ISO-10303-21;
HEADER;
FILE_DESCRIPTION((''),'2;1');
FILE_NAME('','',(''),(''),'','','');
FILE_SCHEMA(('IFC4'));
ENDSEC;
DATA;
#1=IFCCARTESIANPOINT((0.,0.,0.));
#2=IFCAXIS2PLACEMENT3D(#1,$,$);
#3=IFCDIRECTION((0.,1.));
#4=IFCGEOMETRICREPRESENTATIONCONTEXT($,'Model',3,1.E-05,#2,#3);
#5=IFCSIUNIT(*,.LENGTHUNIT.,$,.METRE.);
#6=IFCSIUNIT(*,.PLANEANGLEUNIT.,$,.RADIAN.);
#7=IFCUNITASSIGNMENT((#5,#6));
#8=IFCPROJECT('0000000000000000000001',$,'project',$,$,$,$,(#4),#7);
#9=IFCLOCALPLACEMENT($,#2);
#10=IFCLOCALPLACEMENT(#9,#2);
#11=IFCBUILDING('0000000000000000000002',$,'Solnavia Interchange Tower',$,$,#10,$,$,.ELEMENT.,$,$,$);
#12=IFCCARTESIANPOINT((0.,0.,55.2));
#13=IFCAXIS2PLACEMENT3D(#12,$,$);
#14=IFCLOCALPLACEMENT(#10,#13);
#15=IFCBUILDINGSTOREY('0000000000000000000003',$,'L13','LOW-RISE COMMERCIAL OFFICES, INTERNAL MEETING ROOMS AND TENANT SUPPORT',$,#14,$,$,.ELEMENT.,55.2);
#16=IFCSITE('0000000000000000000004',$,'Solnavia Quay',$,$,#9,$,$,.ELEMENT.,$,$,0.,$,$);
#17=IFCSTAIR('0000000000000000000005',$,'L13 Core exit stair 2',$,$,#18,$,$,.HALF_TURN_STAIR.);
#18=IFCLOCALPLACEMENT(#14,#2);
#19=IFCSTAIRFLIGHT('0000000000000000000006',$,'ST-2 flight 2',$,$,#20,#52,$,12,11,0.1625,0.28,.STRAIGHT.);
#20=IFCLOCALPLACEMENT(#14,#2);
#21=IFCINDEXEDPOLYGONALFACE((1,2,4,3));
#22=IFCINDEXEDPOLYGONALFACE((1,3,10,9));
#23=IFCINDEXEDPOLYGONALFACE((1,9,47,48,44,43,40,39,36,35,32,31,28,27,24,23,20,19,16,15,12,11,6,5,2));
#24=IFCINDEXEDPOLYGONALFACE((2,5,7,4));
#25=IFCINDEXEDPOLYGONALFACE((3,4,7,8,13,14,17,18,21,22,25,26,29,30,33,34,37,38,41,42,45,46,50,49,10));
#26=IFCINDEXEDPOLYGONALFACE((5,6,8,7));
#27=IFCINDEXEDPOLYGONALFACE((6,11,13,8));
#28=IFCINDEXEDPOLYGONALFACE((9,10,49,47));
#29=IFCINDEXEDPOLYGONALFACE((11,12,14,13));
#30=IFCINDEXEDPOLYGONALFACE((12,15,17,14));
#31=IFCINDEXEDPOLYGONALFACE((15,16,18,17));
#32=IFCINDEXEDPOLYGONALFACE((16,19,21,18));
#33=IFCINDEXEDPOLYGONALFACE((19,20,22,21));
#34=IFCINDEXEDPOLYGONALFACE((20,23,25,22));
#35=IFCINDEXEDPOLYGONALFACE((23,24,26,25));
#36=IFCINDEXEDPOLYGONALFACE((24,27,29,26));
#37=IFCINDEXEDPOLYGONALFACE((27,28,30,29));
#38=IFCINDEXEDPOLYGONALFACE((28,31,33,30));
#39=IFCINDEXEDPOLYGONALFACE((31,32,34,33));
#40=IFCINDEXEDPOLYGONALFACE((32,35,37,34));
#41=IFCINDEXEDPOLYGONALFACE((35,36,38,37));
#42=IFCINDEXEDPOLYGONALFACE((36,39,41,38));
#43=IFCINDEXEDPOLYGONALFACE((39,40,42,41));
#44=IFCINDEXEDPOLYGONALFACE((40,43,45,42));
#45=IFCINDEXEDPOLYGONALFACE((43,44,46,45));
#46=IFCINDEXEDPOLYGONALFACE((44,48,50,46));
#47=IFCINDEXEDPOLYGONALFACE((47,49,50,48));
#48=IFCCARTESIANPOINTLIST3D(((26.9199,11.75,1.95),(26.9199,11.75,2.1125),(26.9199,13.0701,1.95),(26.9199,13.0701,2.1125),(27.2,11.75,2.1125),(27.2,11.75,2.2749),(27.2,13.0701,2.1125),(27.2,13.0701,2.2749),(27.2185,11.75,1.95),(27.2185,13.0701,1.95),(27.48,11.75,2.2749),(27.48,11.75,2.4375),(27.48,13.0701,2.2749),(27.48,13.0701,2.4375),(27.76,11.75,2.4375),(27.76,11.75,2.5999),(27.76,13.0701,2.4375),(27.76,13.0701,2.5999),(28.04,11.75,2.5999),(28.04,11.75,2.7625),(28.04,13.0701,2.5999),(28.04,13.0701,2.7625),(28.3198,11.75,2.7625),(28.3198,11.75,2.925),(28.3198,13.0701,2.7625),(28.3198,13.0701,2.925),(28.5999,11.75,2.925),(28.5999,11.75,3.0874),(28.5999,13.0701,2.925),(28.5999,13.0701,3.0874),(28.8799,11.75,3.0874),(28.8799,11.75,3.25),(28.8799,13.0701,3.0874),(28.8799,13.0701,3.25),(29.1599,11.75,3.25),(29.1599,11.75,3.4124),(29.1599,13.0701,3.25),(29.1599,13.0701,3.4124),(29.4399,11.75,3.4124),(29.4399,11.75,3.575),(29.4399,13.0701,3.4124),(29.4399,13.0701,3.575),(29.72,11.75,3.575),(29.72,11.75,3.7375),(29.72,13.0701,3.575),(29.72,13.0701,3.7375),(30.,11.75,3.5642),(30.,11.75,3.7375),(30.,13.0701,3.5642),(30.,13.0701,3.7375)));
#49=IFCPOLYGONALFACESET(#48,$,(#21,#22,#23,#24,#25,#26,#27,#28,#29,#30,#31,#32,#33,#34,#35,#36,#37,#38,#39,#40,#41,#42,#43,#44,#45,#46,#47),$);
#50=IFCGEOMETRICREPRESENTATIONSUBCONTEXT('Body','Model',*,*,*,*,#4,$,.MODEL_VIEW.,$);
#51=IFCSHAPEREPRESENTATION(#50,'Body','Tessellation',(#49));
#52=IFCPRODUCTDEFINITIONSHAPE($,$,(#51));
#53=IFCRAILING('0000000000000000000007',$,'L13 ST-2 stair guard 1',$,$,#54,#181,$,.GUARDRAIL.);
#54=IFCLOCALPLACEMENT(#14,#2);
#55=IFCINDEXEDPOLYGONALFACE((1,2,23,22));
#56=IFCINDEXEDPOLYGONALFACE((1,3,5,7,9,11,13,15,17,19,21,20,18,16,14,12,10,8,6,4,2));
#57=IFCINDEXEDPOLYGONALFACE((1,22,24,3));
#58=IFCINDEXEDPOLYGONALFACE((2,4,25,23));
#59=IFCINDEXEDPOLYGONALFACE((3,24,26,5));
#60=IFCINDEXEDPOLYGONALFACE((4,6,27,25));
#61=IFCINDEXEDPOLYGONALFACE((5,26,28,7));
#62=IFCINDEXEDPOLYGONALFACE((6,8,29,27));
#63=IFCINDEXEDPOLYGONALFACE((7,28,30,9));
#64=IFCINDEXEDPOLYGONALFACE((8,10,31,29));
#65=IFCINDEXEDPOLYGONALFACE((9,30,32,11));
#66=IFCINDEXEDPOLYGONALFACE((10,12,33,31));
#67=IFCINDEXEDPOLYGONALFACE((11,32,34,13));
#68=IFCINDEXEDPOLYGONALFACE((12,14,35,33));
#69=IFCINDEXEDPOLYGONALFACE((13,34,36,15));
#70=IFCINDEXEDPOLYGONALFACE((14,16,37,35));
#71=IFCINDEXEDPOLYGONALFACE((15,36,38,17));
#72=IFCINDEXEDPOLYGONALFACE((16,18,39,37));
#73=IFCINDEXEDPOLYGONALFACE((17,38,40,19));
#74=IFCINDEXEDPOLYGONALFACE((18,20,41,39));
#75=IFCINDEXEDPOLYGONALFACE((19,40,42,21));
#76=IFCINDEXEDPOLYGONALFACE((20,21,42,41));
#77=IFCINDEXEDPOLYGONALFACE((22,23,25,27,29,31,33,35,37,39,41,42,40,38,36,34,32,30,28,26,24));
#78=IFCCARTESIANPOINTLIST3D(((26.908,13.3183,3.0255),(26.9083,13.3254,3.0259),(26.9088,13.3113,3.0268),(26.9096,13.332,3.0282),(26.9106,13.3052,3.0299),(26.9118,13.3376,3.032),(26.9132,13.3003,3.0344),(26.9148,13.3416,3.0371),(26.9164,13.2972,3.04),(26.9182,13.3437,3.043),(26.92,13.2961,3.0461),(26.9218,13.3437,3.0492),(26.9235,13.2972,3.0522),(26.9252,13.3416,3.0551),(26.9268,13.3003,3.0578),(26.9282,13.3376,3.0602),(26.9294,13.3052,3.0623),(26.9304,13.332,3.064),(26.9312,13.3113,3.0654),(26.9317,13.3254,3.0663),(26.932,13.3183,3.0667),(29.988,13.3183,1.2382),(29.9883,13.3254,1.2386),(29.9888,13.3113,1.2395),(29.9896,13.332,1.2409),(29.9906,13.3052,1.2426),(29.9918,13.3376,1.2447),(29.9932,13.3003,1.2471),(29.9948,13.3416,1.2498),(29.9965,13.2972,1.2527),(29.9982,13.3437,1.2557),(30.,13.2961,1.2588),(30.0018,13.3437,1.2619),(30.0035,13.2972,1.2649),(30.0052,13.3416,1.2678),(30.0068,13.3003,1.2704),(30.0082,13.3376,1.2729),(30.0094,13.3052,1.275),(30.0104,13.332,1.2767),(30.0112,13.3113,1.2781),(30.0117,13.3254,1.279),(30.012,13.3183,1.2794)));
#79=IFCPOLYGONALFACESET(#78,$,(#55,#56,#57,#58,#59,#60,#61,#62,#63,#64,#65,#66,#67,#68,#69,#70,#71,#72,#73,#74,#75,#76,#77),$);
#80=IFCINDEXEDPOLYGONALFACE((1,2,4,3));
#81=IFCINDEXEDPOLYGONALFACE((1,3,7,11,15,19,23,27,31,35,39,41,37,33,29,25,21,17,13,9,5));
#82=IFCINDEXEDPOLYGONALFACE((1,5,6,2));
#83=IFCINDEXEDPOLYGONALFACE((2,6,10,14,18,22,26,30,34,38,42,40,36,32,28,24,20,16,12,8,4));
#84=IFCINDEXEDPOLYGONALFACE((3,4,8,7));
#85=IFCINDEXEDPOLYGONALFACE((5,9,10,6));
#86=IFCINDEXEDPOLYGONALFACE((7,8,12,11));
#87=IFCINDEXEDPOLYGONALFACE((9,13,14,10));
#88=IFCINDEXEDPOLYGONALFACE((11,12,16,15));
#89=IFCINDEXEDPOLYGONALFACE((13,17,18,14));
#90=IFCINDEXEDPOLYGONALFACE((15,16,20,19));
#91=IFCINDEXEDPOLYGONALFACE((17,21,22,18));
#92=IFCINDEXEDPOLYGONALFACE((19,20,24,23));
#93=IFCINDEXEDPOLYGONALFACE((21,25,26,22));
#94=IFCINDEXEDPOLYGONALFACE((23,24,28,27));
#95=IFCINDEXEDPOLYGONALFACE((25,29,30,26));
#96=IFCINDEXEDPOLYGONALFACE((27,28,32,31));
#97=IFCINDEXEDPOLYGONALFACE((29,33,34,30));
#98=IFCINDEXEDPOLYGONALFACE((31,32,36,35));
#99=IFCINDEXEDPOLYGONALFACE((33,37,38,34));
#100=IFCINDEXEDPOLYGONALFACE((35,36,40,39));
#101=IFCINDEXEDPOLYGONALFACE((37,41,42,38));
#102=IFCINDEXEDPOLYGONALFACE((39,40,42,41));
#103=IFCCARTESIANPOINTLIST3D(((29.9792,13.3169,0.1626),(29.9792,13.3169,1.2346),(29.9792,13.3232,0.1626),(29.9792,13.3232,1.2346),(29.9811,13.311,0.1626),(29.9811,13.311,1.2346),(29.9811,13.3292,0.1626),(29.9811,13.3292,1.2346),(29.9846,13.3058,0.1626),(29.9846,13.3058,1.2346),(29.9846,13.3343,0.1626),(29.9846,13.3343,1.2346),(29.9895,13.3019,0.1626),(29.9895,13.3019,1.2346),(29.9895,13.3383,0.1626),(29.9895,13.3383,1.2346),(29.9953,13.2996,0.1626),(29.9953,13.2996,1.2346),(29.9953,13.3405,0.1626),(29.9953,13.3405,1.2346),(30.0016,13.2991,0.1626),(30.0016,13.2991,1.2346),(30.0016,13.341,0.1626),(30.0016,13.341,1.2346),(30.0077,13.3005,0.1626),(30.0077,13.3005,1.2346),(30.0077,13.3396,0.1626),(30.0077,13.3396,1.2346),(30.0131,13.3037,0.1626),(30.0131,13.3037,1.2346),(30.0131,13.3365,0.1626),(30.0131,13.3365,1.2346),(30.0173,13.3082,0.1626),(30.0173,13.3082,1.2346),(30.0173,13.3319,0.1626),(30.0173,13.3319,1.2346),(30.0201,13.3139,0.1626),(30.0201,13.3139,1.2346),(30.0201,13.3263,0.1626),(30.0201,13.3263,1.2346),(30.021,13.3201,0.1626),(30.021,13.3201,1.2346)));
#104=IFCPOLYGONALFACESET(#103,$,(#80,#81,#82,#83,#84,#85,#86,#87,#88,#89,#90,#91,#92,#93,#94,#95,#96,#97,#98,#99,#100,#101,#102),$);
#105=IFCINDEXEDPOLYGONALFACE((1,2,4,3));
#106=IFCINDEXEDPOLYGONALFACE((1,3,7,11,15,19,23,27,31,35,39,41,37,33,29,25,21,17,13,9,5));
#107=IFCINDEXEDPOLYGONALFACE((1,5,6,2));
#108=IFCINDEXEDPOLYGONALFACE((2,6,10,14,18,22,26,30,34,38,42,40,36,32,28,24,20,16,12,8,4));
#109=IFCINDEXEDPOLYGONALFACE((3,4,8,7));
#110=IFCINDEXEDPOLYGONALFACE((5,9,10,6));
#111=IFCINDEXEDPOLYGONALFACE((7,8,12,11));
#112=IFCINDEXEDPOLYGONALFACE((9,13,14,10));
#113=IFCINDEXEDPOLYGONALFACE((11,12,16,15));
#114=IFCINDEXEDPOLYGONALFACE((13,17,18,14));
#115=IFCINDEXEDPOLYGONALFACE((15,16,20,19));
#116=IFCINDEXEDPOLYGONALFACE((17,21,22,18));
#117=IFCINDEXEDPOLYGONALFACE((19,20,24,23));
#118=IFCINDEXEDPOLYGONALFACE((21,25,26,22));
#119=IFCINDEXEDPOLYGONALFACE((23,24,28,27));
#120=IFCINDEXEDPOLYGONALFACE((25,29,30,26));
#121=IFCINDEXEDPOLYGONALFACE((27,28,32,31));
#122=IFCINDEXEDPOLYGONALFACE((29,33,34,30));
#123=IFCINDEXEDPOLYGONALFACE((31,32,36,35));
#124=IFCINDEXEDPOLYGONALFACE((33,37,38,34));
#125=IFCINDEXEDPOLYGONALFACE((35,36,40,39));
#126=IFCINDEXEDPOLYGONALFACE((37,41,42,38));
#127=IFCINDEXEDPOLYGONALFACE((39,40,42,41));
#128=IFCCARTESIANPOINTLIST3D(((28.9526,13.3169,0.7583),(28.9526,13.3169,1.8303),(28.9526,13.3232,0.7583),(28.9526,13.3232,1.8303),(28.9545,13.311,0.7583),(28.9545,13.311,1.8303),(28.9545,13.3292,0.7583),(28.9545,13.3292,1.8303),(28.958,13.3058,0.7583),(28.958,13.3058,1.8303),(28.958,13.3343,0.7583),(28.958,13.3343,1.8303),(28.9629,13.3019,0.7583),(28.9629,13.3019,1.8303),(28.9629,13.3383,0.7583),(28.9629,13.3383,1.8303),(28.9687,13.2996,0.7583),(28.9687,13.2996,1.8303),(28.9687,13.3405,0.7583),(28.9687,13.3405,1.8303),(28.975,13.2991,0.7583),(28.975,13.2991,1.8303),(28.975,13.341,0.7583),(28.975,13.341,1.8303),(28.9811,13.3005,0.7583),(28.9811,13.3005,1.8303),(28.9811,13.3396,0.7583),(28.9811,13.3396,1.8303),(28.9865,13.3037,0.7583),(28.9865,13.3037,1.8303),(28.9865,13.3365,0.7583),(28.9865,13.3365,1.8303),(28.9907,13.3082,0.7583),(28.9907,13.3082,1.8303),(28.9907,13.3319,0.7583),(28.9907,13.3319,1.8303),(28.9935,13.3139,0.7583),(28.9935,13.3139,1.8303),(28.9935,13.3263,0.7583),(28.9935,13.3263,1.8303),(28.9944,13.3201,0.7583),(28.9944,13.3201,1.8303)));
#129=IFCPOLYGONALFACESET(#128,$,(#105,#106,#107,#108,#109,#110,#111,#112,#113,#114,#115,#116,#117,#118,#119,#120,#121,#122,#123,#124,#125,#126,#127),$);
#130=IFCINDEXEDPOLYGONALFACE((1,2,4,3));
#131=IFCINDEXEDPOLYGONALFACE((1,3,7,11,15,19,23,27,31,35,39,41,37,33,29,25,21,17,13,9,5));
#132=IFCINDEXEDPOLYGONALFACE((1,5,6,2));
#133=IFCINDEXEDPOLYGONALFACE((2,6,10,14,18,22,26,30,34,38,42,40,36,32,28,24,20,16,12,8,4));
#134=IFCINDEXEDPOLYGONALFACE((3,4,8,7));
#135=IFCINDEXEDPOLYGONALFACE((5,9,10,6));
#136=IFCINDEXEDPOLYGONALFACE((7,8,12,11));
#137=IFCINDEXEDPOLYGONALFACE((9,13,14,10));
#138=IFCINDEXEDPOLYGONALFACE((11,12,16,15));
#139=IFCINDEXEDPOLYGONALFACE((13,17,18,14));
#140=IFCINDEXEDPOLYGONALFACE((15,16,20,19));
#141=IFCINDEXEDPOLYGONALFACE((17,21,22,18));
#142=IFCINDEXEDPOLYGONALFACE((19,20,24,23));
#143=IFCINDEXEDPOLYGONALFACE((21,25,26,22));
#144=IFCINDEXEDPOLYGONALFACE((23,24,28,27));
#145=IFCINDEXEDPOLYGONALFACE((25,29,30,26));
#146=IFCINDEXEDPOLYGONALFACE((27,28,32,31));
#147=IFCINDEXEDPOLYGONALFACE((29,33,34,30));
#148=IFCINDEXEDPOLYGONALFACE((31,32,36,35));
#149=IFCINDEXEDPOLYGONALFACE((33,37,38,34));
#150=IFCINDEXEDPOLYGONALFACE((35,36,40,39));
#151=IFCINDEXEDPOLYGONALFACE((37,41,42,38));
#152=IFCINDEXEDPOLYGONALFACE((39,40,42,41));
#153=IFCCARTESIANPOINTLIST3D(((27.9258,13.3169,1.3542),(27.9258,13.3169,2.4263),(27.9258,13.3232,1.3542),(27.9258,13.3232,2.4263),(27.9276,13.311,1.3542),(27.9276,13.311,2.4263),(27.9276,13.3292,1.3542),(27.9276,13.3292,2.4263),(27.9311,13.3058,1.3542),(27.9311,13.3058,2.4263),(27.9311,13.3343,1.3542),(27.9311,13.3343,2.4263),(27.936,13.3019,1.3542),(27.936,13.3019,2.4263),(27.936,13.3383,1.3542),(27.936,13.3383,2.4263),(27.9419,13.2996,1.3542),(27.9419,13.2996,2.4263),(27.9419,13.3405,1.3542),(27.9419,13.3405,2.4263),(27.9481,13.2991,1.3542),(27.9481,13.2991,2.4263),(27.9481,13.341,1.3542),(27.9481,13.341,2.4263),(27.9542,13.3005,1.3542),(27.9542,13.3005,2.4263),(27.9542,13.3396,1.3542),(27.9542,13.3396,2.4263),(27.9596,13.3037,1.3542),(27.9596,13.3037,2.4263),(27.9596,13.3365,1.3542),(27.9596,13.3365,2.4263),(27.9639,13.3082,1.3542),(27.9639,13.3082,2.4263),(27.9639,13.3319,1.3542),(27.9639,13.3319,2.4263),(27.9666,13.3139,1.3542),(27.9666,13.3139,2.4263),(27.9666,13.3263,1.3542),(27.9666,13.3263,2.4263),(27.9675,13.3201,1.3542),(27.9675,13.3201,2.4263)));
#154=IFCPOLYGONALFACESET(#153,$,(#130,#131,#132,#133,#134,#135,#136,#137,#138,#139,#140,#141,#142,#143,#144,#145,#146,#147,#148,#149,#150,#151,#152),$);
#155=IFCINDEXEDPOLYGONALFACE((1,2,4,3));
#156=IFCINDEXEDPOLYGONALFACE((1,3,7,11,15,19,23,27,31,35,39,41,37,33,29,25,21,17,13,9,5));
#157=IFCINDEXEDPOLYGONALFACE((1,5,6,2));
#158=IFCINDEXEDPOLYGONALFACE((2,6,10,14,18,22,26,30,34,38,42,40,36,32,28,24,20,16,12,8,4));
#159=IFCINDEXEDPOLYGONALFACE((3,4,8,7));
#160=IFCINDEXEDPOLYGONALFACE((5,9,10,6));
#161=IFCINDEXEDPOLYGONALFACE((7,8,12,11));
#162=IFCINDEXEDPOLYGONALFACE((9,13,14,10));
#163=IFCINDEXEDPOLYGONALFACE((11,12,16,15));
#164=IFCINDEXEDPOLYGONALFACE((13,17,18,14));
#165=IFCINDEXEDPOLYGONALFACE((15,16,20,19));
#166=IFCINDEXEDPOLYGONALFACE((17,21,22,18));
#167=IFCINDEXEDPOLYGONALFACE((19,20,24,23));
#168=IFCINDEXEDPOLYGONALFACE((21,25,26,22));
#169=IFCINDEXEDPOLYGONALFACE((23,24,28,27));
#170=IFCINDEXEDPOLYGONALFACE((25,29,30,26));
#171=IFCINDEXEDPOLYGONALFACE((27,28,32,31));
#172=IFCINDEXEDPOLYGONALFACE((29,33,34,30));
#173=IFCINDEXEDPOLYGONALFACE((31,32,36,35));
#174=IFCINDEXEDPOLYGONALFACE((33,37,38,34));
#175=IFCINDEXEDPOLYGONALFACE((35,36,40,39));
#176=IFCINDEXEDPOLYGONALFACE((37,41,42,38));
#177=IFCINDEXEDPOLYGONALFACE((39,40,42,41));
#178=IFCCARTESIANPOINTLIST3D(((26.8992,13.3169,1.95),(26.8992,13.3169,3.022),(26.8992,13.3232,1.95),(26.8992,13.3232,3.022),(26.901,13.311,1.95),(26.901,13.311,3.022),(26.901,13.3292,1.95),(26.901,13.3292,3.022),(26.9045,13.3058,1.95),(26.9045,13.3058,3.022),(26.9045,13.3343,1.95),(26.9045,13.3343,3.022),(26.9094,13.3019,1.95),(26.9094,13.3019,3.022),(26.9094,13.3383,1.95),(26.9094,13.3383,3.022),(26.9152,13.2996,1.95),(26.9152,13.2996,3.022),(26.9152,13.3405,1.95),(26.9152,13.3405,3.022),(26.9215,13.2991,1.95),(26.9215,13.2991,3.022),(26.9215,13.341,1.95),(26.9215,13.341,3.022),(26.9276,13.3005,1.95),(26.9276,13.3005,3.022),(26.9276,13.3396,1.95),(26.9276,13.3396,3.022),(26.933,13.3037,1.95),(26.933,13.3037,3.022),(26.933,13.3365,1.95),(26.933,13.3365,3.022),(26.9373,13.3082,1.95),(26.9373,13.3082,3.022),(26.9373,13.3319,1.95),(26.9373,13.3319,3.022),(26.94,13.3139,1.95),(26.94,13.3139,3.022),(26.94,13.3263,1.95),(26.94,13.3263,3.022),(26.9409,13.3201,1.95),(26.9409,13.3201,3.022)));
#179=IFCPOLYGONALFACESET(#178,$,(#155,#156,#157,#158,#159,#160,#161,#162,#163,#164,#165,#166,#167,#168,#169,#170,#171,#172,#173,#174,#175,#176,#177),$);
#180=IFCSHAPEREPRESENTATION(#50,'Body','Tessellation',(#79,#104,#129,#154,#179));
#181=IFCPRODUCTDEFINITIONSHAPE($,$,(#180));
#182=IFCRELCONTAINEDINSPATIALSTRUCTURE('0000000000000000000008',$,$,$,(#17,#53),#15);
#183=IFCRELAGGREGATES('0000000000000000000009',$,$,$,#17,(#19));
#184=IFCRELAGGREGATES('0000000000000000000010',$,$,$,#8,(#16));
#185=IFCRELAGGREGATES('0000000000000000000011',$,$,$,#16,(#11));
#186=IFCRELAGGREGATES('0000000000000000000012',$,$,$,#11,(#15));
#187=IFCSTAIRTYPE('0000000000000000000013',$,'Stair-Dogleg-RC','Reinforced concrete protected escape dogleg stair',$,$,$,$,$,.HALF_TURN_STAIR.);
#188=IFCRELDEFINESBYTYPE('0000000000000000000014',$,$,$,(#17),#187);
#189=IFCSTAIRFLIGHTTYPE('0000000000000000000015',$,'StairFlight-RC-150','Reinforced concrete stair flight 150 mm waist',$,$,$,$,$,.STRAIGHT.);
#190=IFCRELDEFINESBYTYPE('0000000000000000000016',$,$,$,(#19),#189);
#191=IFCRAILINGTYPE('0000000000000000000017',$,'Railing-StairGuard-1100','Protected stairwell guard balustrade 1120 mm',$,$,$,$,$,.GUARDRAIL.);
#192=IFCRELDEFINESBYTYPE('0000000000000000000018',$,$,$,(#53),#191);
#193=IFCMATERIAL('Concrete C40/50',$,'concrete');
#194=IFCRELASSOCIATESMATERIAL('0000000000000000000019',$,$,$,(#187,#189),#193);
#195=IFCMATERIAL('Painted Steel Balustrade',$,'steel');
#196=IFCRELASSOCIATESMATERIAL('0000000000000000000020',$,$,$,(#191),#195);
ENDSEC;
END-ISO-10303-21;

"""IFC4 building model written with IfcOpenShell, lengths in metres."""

from ifc_helpers import new_model, si_unit, direction, frame, origin, origin_2d, place, context, subcontext, project, spatial, polyline, circle, outline, extrude, material, type_object, element, aggregate, save


model = new_model("IFC4")

# Units and contexts
model_context = context("Model", 3, precision=1e-05, world=origin(), true_north=direction((0.0, 1.0)))
body_context = subcontext(model_context, "Body", "Model", "MODEL_VIEW")
ifc_project = project(units=[si_unit("LENGTHUNIT", "METRE"), si_unit("PLANEANGLEUNIT", "RADIAN")], contexts=[model_context])

# Site, building, storey
site_placement = place(None, origin())
site = spatial("IfcSite", under=ifc_project, at=site_placement, Name="Solnavia Quay", CompositionType="ELEMENT", RefElevation=0.0)
building_placement = place(site_placement, origin())
building = spatial("IfcBuilding", under=site, at=building_placement, Name="Solnavia Interchange Tower", CompositionType="ELEMENT")
storey_placement = place(building_placement, frame((0.0, 0.0, 55.2)))
storey = spatial("IfcBuildingStorey", under=building, at=storey_placement, Name="L13", Description="LOW-RISE COMMERCIAL OFFICES, INTERNAL MEETING ROOMS AND TENANT SUPPORT", CompositionType="ELEMENT", Elevation=55.2)

# Shared definitions
ifc_material_1 = material(Name="Concrete C40/50", Category="concrete")

# Stair, stair flight
stair_type = type_object("IfcStairType", Name="Stair-Dogleg-RC", Description="Reinforced concrete protected escape dogleg stair", PredefinedType="HALF_TURN_STAIR", material=ifc_material_1)
stair_placement = place(storey_placement, origin())
stair = element("IfcStair", 1, at=stair_placement, inside=storey, type_object=stair_type, Name="L13 Core exit stair 2", PredefinedType="HALF_TURN_STAIR")
stair_flight_type = type_object("IfcStairFlightType", Name="StairFlight-RC-150", Description="Reinforced concrete stair flight 150 mm waist", PredefinedType="STRAIGHT", material=ifc_material_1)
stair_flight_1_placement = place(storey_placement, frame((26.9199, 12.4099, 1.95), z_axis=(0.0, 0.0, 1.0), x_axis=(1.0, 0.0, 0.0)))
stair_flight_1 = element("IfcStairFlight", 2, at=stair_flight_1_placement, type_object=stair_flight_type, Name="ST-2 flight 2", NumberOfRisers=12, NumberOfTreads=11, PredefinedType="STRAIGHT", RiserHeight=0.1625, TreadLength=0.28, context=body_context, shape_type="SweptSolid", body=[
    extrude(outline(polyline([(0.0, 0.0), (0.0, 0.1626), (0.28, 0.1626), (0.28, 0.325), (0.5601, 0.325), (0.5601, 0.4875), (0.8401, 0.4875), (0.8401, 0.6499), (1.1201, 0.6499), (1.1201, 0.8125), (1.3999, 0.8125), (1.3999, 0.9751), (1.6799, 0.9751), (1.6799, 1.1375), (1.96, 1.1375), (1.96, 1.3), (2.24, 1.3), (2.24, 1.4624), (2.52, 1.4624), (2.52, 1.625), (2.8, 1.625), (2.8, 1.7876), (3.0801, 1.7876), (3.0801, 1.95), (3.0801, 1.6143), (0.2986, 0.0), (0.0, 0.0)])), frame((0.0, 0.6602, 0.0), z_axis=(0.0, -1.0, 0.0), x_axis=(1.0, 0.0, 0.0)), (0.0, 0.0, 1.0), 1.3201),
])
aggregate(stair, [stair_flight_1])

# Railing
ifc_material_2 = material(Name="Painted Steel Balustrade", Category="steel")
railing_type_1 = type_object("IfcRailingType", Name="Railing-StairGuard-1100", Description="Protected stairwell guard balustrade 1120 mm", PredefinedType="GUARDRAIL", material=ifc_material_2)
railing_1_placement = place(storey_placement, frame((30.0, 13.3201, 0.1626)))
element("IfcRailing", 3, at=railing_1_placement, inside=storey, type_object=railing_type_1, Name="L13 ST-2 stair guard 1", PredefinedType="GUARDRAIL", context=body_context, shape_type="SweptSolid", body=[
    extrude(circle(Radius=0.0239, at=origin_2d()), frame((0.0, 0.0, 1.0962), z_axis=(-0.86492, 0.0, 0.501909), x_axis=(0.0, -1.0, 0.0)), (0.0, 0.0, 1.0), 3.561),
    extrude(circle(Radius=0.021, at=origin_2d()), origin(), (0.0, 0.0, 1.0), 1.072),
    extrude(circle(Radius=0.021, at=origin_2d()), frame((-1.0266, 0.0, 0.5957)), (0.0, 0.0, 1.0), 1.072),
    extrude(circle(Radius=0.021, at=origin_2d()), frame((-2.0535, 0.0, 1.1917)), (0.0, 0.0, 1.0), 1.072),
    extrude(circle(Radius=0.021, at=origin_2d()), frame((-3.0801, 0.0, 1.7874)), (0.0, 0.0, 1.0), 1.072),
])

save(model, "model.ifc")
